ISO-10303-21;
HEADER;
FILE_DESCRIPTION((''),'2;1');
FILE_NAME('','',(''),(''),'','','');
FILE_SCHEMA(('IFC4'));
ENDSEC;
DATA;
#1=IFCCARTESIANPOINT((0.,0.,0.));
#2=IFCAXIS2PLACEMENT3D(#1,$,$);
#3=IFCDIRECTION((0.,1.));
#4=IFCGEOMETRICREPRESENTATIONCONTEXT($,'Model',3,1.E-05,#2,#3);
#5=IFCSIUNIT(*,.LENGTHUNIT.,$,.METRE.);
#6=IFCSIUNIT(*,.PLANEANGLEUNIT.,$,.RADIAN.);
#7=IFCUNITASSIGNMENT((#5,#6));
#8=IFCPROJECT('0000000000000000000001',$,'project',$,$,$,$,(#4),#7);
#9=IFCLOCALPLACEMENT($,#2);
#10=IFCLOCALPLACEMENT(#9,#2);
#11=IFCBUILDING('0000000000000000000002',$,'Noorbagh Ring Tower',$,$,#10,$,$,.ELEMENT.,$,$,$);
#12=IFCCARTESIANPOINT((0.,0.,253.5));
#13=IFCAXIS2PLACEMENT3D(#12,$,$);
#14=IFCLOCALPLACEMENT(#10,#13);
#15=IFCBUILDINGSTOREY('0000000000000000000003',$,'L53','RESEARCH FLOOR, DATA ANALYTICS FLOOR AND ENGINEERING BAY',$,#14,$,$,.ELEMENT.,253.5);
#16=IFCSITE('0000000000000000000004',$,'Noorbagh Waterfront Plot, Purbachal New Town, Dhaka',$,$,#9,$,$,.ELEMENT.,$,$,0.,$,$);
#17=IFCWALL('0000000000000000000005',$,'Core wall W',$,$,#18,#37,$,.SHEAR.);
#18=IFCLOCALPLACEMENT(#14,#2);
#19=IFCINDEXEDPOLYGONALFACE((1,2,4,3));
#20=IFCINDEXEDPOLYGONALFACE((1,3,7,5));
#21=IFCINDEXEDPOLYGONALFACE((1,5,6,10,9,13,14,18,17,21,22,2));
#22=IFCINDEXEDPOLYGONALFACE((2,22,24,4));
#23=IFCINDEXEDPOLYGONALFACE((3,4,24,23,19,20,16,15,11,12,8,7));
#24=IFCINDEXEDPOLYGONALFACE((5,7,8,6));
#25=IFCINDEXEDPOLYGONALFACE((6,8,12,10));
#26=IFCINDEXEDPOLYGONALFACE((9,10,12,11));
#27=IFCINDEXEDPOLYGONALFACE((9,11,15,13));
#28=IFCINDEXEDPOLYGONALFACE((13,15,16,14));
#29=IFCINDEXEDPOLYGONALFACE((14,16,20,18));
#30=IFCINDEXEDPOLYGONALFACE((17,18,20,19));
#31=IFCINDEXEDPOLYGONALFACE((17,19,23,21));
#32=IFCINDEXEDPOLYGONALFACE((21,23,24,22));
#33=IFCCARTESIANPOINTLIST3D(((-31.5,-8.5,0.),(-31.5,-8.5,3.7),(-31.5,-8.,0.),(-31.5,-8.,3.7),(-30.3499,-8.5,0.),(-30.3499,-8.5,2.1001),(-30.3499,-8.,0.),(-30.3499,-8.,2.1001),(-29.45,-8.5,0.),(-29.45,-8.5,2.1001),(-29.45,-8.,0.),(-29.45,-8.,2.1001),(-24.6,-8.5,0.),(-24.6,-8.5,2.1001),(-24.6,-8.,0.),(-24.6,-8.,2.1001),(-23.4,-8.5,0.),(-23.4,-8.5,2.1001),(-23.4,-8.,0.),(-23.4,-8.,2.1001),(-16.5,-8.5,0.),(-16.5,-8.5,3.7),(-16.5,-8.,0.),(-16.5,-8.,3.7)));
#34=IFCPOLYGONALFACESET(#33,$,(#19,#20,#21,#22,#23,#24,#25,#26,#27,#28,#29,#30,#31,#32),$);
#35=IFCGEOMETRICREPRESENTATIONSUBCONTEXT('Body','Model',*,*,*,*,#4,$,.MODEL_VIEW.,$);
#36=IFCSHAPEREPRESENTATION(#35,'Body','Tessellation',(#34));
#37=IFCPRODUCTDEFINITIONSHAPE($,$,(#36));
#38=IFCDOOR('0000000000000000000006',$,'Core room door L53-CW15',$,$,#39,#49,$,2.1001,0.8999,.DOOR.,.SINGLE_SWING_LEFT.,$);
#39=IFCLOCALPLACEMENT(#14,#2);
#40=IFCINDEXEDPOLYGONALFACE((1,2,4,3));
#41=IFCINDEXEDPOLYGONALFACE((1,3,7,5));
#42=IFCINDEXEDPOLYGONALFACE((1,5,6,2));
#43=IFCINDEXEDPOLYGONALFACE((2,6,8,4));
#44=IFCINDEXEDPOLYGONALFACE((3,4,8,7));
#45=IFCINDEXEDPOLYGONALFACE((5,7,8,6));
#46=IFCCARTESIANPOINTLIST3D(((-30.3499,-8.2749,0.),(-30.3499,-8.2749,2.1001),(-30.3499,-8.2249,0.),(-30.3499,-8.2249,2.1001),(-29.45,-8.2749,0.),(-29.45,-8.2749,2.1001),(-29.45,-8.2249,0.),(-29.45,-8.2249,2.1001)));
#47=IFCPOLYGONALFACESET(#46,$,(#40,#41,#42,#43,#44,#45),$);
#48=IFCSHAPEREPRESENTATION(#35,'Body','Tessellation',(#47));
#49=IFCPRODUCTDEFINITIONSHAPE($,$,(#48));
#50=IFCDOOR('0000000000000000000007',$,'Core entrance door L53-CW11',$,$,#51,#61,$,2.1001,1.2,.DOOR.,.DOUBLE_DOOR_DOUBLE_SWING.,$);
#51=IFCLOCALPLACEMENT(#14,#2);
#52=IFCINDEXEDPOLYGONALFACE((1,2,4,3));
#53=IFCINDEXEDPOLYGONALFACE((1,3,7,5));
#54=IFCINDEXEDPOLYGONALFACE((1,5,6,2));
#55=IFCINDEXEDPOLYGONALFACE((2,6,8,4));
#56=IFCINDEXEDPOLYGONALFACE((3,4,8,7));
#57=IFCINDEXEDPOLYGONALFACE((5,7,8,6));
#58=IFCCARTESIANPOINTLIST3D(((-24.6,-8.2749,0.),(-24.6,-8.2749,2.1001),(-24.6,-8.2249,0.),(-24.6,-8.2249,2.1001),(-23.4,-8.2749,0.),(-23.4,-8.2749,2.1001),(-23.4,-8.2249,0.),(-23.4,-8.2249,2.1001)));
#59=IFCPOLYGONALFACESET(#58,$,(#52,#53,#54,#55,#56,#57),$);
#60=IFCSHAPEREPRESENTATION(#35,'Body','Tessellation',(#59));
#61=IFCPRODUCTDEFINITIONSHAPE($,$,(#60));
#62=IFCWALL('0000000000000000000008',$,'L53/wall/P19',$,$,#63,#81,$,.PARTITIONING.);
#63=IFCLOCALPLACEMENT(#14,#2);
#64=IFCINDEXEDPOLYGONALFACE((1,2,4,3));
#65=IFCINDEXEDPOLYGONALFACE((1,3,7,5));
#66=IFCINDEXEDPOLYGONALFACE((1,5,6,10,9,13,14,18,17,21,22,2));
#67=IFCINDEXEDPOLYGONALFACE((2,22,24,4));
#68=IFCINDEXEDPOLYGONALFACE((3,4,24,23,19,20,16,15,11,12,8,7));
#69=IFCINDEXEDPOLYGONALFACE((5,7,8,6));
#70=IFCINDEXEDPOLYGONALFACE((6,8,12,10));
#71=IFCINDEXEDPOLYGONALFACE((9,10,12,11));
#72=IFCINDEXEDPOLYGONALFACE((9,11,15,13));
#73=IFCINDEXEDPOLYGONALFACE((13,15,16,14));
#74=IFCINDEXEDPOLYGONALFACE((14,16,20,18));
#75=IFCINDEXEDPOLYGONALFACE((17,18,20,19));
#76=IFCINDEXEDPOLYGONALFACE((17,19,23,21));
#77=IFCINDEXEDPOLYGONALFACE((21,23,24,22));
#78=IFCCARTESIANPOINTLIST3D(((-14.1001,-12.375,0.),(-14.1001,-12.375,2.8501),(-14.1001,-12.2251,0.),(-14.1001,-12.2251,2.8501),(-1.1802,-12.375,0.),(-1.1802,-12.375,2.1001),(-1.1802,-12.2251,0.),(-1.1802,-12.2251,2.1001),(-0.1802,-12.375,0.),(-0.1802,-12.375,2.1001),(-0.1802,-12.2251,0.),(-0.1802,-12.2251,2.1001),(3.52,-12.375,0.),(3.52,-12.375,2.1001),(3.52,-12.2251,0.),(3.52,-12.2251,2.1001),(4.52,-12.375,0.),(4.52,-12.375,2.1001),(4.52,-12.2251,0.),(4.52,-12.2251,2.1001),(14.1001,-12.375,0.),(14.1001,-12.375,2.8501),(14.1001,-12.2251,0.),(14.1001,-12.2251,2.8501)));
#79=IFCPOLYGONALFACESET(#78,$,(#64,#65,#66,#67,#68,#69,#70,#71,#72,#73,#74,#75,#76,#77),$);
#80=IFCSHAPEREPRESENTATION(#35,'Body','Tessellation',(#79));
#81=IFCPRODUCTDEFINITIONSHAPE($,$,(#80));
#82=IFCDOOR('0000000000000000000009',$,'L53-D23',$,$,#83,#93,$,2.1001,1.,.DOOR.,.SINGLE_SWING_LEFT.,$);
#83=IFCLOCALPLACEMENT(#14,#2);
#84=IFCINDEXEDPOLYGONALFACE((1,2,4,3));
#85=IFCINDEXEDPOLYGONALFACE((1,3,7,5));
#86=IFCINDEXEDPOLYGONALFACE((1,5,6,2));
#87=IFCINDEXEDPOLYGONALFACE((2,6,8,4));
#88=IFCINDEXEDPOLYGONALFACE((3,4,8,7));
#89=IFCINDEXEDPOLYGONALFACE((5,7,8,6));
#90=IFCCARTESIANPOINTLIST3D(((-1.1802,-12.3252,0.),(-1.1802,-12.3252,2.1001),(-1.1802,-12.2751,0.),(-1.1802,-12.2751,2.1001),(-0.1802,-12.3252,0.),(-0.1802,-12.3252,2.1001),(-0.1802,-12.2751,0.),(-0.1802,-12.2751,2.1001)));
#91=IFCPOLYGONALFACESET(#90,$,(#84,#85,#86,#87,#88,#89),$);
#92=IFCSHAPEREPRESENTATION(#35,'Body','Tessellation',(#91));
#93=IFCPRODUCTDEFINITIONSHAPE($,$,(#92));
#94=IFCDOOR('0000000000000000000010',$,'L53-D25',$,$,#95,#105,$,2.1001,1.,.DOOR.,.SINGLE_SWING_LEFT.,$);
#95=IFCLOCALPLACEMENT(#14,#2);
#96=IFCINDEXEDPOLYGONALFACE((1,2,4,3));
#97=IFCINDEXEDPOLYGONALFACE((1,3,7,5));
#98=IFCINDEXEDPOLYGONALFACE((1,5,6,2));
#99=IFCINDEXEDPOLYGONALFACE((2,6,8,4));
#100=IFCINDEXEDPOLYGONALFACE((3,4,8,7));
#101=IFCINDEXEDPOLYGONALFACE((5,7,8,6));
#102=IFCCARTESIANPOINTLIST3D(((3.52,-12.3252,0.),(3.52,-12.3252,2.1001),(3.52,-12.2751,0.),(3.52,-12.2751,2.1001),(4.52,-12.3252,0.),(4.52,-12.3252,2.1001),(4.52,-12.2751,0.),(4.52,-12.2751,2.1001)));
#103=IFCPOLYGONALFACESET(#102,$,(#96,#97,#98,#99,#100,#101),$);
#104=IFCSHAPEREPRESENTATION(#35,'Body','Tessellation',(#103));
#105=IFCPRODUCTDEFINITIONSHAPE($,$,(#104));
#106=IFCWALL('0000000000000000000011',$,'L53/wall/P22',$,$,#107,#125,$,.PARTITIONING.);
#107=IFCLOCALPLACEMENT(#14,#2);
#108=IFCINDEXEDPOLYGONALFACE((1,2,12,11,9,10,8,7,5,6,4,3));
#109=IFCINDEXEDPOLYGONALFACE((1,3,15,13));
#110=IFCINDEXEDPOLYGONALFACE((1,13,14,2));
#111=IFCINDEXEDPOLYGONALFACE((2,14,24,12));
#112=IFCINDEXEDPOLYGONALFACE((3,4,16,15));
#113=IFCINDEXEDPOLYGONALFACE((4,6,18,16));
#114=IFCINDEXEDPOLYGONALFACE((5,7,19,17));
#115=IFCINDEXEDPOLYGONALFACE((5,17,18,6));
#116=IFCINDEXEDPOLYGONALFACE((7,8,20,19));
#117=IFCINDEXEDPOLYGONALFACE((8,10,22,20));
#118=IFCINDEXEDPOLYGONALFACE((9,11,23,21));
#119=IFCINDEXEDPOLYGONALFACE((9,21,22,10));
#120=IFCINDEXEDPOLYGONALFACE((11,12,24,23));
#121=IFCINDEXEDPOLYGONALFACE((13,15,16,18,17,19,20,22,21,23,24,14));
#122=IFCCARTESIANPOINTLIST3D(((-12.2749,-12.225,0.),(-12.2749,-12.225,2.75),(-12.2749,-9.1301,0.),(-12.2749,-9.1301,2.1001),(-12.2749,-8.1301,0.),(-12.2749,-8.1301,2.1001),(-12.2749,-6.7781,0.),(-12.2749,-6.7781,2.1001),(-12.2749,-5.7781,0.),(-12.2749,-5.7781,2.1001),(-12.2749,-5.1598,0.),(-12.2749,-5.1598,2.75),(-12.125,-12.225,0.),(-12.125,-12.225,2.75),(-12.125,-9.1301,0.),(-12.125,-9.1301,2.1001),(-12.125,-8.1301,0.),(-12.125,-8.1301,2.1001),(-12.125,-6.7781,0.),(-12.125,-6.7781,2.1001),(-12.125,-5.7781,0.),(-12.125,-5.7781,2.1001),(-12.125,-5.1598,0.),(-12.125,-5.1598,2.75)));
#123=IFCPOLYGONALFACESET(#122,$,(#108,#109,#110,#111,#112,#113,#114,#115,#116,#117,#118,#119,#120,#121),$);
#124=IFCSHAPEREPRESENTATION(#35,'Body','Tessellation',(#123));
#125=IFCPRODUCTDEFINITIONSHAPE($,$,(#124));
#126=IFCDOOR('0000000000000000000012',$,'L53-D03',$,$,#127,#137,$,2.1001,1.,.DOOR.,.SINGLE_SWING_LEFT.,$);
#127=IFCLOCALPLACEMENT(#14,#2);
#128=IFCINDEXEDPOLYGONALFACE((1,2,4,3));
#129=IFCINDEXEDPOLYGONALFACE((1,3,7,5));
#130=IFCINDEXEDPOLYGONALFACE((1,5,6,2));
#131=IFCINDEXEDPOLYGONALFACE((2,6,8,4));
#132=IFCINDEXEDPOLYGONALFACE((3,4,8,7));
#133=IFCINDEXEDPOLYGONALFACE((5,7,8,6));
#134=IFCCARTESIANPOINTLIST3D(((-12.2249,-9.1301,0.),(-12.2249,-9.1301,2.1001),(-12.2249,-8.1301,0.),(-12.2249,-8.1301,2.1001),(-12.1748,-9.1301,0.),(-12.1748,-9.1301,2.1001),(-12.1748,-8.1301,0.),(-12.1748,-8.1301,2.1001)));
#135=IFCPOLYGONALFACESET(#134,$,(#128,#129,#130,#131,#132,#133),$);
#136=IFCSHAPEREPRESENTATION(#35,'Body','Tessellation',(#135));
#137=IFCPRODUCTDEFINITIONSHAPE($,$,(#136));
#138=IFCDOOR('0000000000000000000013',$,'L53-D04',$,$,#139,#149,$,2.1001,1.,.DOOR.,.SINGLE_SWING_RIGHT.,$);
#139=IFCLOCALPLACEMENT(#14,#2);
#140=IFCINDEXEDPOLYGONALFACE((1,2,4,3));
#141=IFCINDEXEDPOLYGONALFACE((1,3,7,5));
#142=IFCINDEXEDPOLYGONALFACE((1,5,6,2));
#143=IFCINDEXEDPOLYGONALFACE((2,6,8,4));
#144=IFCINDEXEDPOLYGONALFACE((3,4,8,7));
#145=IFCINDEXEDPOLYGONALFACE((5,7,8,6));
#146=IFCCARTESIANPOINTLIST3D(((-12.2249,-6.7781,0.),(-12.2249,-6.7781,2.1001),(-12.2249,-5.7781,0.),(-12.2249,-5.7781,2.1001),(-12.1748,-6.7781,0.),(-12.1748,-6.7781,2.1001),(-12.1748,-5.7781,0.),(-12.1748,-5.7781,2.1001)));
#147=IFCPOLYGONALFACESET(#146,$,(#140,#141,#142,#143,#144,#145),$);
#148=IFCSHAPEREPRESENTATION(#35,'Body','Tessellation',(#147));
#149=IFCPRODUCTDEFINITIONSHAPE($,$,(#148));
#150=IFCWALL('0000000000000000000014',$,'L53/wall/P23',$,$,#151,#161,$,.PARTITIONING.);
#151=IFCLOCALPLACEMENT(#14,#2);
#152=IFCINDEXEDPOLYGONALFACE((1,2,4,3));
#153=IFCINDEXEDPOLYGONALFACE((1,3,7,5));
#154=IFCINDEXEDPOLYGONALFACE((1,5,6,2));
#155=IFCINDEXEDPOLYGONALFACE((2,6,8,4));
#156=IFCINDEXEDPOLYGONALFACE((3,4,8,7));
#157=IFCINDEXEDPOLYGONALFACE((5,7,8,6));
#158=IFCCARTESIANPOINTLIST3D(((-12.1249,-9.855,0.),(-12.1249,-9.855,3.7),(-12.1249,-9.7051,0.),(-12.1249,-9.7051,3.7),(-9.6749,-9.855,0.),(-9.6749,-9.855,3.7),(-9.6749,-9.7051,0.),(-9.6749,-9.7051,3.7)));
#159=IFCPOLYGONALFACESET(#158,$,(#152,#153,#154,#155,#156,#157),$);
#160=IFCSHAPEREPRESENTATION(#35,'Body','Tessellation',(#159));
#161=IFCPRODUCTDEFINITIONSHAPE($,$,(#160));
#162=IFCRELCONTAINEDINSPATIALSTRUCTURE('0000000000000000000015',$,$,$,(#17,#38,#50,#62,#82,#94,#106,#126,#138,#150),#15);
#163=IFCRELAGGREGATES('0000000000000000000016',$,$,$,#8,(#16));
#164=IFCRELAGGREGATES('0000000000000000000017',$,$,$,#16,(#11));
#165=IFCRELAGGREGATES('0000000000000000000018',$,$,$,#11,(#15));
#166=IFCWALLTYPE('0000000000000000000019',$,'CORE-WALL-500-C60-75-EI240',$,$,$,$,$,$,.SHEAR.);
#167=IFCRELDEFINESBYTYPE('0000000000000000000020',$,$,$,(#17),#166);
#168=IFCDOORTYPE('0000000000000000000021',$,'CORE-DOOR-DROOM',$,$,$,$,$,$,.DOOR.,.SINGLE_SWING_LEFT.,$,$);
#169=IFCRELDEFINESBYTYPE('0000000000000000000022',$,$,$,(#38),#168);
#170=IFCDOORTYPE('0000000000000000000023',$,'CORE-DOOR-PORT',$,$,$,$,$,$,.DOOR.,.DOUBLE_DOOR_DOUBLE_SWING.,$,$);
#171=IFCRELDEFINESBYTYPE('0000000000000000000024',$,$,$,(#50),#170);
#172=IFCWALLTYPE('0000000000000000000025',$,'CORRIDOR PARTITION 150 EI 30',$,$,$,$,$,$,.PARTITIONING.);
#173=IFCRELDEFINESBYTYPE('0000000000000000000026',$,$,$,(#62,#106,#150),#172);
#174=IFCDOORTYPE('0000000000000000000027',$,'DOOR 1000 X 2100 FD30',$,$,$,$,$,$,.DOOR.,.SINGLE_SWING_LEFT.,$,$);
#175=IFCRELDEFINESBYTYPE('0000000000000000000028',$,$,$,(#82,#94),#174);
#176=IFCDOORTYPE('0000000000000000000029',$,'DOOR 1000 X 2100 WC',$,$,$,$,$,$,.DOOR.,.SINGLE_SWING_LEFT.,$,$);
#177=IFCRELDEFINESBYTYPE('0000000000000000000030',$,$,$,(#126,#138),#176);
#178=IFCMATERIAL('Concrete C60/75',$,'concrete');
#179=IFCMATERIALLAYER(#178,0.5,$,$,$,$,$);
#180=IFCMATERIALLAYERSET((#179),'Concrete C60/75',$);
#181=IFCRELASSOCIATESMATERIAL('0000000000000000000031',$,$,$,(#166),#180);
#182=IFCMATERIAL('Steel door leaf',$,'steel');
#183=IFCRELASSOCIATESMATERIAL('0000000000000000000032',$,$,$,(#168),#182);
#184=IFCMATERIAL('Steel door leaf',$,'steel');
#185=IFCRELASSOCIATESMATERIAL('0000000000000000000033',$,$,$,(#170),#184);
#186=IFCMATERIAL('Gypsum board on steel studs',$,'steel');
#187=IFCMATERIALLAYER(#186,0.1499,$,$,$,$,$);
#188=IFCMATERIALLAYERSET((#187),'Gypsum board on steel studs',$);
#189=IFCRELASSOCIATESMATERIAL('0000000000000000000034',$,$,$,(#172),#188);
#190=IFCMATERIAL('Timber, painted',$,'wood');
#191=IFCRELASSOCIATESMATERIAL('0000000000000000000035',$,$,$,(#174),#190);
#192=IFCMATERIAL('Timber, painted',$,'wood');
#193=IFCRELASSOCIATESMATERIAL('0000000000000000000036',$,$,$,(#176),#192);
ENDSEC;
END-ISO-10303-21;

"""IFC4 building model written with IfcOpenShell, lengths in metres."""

from ifc_helpers import new_model, si_unit, direction, frame, frame_2d, origin, place, context, subcontext, project, spatial, rectangle, extrude, material, layer, layer_set, type_object, element, fill, save


model = new_model("IFC4")

# Units and contexts
model_context = context("Model", 3, precision=1e-05, world=origin(), true_north=direction((0.0, 1.0)))
body_context = subcontext(model_context, "Body", "Model", "MODEL_VIEW")
ifc_project = project(units=[si_unit("LENGTHUNIT", "METRE"), si_unit("PLANEANGLEUNIT", "RADIAN")], contexts=[model_context])

# Site, building, storey
site_placement = place(None, origin())
site = spatial("IfcSite", under=ifc_project, at=site_placement, Name="Noorbagh Waterfront Plot, Purbachal New Town, Dhaka", CompositionType="ELEMENT", RefElevation=0.0)
building_placement = place(site_placement, origin())
building = spatial("IfcBuilding", under=site, at=building_placement, Name="Noorbagh Ring Tower", CompositionType="ELEMENT")
storey_placement = place(building_placement, frame((0.0, 0.0, 253.5)))
storey = spatial("IfcBuildingStorey", under=building, at=storey_placement, Name="L53", Description="RESEARCH FLOOR, DATA ANALYTICS FLOOR AND ENGINEERING BAY", CompositionType="ELEMENT", Elevation=253.5)

# Walls, openings, doors
ifc_material_1 = material(Name="Concrete C60/75", Category="concrete")
ifc_layer_1 = layer(ifc_material_1, 0.5)
ifc_layer_set_1 = layer_set([ifc_layer_1], Name="Concrete C60/75")
wall_type_1 = type_object("IfcWallType", Name="CORE-WALL-500-C60-75-EI240", PredefinedType="SHEAR", material=ifc_layer_set_1)
wall_1_placement = place(storey_placement, frame((-16.5, -8.25, 0.0), z_axis=(0.0, 0.0, 1.0), x_axis=(-1.0, 0.0, 0.0)))
wall_1 = element("IfcWall", 1, at=wall_1_placement, inside=storey, type_object=wall_type_1, Name="Core wall W", PredefinedType="SHEAR", context=body_context, shape_type="SweptSolid", body=[
    extrude(rectangle(XDim=15.0, YDim=0.5, at=frame_2d((7.5, 0.0))), origin(), (0.0, 0.0, 1.0), 3.7),
])
opening_1_placement = place(wall_1_placement, frame((6.8999, 0.0, 0.0)))
opening_1 = element("IfcOpeningElement", 2, at=opening_1_placement, cuts=wall_1, PredefinedType="OPENING", context=body_context, shape_type="SweptSolid", body=[
    extrude(rectangle(XDim=1.2, YDim=2.1001, at=frame_2d((0.6001, 1.05))), frame((0.0, 0.26, 0.0), z_axis=(0.0, -1.0, 0.0), x_axis=(1.0, 0.0, 0.0)), (0.0, 0.0, 1.0), 0.52),
])
opening_2_placement = place(wall_1_placement, frame((12.95, 0.0, 0.0)))
opening_2 = element("IfcOpeningElement", 3, at=opening_2_placement, cuts=wall_1, PredefinedType="OPENING", context=body_context, shape_type="SweptSolid", body=[
    extrude(rectangle(XDim=0.8999, YDim=2.1001, at=frame_2d((0.45, 1.05))), frame((0.0, 0.26, 0.0), z_axis=(0.0, -1.0, 0.0), x_axis=(1.0, 0.0, 0.0)), (0.0, 0.0, 1.0), 0.52),
])
ifc_material_2 = material(Name="Steel door leaf", Category="steel")
door_type_1 = type_object("IfcDoorType", Name="CORE-DOOR-DROOM", OperationType="SINGLE_SWING_LEFT", PredefinedType="DOOR", material=ifc_material_2)
door_1_placement = place(opening_2_placement, origin())
door_1 = element("IfcDoor", 4, at=door_1_placement, inside=storey, type_object=door_type_1, Name="Core room door L53-CW15", OperationType="SINGLE_SWING_LEFT", OverallHeight=2.1001, OverallWidth=0.8999, PredefinedType="DOOR", context=body_context, shape_type="SweptSolid", body=[
    extrude(rectangle(XDim=0.8999, YDim=2.1001, at=frame_2d((0.45, 1.05))), frame((0.0, 0.0249, 0.0), z_axis=(0.0, -1.0, 0.0), x_axis=(1.0, 0.0, 0.0)), (0.0, 0.0, 1.0), 0.05),
])
fill(opening_2, door_1)
ifc_material_3 = material(Name="Steel door leaf", Category="steel")
door_type_2 = type_object("IfcDoorType", Name="CORE-DOOR-PORT", OperationType="DOUBLE_DOOR_DOUBLE_SWING", PredefinedType="DOOR", material=ifc_material_3)
door_2_placement = place(opening_1_placement, origin())
door_2 = element("IfcDoor", 5, at=door_2_placement, inside=storey, type_object=door_type_2, Name="Core entrance door L53-CW11", OperationType="DOUBLE_DOOR_DOUBLE_SWING", OverallHeight=2.1001, OverallWidth=1.2, PredefinedType="DOOR", context=body_context, shape_type="SweptSolid", body=[
    extrude(rectangle(XDim=1.2, YDim=2.1001, at=frame_2d((0.6001, 1.05))), frame((0.0, 0.0249, 0.0), z_axis=(0.0, -1.0, 0.0), x_axis=(1.0, 0.0, 0.0)), (0.0, 0.0, 1.0), 0.05),
])
fill(opening_1, door_2)
ifc_material_4 = material(Name="Gypsum board on steel studs", Category="steel")
ifc_layer_2 = layer(ifc_material_4, 0.1499)
ifc_layer_set_2 = layer_set([ifc_layer_2], Name="Gypsum board on steel studs")
wall_type_2 = type_object("IfcWallType", Name="CORRIDOR PARTITION 150 EI 30", PredefinedType="PARTITIONING", material=ifc_layer_set_2)
wall_2_placement = place(storey_placement, frame((-14.1001, -12.3, 0.0), z_axis=(0.0, 0.0, 1.0), x_axis=(1.0, 0.0, 0.0)))
wall_2 = element("IfcWall", 6, at=wall_2_placement, inside=storey, type_object=wall_type_2, Name="L53/wall/P19", PredefinedType="PARTITIONING", context=body_context, shape_type="SweptSolid", body=[
    extrude(rectangle(XDim=28.2002, YDim=0.1499, at=frame_2d((14.1001, 0.0))), origin(), (0.0, 0.0, 1.0), 2.8501),
])
opening_3_placement = place(wall_2_placement, frame((12.9199, 0.0, 0.0)))
opening_3 = element("IfcOpeningElement", 7, at=opening_3_placement, cuts=wall_2, PredefinedType="OPENING", context=body_context, shape_type="SweptSolid", body=[
    extrude(rectangle(XDim=1.0, YDim=2.1001, at=frame_2d((0.5, 1.05))), frame((0.0, 0.085, 0.0), z_axis=(0.0, -1.0, 0.0), x_axis=(1.0, 0.0, 0.0)), (0.0, 0.0, 1.0), 0.1699),
])
opening_4_placement = place(wall_2_placement, frame((17.6201, 0.0, 0.0)))
opening_4 = element("IfcOpeningElement", 8, at=opening_4_placement, cuts=wall_2, PredefinedType="OPENING", context=body_context, shape_type="SweptSolid", body=[
    extrude(rectangle(XDim=1.0, YDim=2.1001, at=frame_2d((0.5, 1.05))), frame((0.0, 0.085, 0.0), z_axis=(0.0, -1.0, 0.0), x_axis=(1.0, 0.0, 0.0)), (0.0, 0.0, 1.0), 0.1699),
])
ifc_material_5 = material(Name="Timber, painted", Category="wood")
door_type_3 = type_object("IfcDoorType", Name="DOOR 1000 X 2100 FD30", OperationType="SINGLE_SWING_LEFT", PredefinedType="DOOR", material=ifc_material_5)
door_3_placement = place(opening_3_placement, origin())
door_3 = element("IfcDoor", 9, at=door_3_placement, inside=storey, type_object=door_type_3, Name="L53-D23", OperationType="SINGLE_SWING_LEFT", OverallHeight=2.1001, OverallWidth=1.0, PredefinedType="DOOR", context=body_context, shape_type="SweptSolid", body=[
    extrude(rectangle(XDim=1.0, YDim=2.1001, at=frame_2d((0.5, 1.05))), frame((0.0, 0.0249, 0.0), z_axis=(0.0, -1.0, 0.0), x_axis=(1.0, 0.0, 0.0)), (0.0, 0.0, 1.0), 0.05),
])
fill(opening_3, door_3)
door_4_placement = place(opening_4_placement, origin())
door_4 = element("IfcDoor", 10, at=door_4_placement, inside=storey, type_object=door_type_3, Name="L53-D25", OperationType="SINGLE_SWING_LEFT", OverallHeight=2.1001, OverallWidth=1.0, PredefinedType="DOOR", context=body_context, shape_type="SweptSolid", body=[
    extrude(rectangle(XDim=1.0, YDim=2.1001, at=frame_2d((0.5, 1.05))), frame((0.0, 0.0249, 0.0), z_axis=(0.0, -1.0, 0.0), x_axis=(1.0, 0.0, 0.0)), (0.0, 0.0, 1.0), 0.05),
])
fill(opening_4, door_4)
wall_3_placement = place(storey_placement, frame((-12.2, -12.2251, 0.0), z_axis=(0.0, 0.0, 1.0), x_axis=(0.0, 1.0, 0.0)))
wall_3 = element("IfcWall", 11, at=wall_3_placement, inside=storey, type_object=wall_type_2, Name="L53/wall/P22", PredefinedType="PARTITIONING", context=body_context, shape_type="SweptSolid", body=[
    extrude(rectangle(XDim=7.0652, YDim=0.1499, at=frame_2d((3.5327, 0.0))), origin(), (0.0, 0.0, 1.0), 2.75),
])
opening_5_placement = place(wall_3_placement, frame((3.095, 0.0, 0.0)))
opening_5 = element("IfcOpeningElement", 12, at=opening_5_placement, cuts=wall_3, PredefinedType="OPENING", context=body_context, shape_type="SweptSolid", body=[
    extrude(rectangle(XDim=1.0, YDim=2.1001, at=frame_2d((0.5, 1.05))), frame((0.0, 0.085, 0.0), z_axis=(0.0, -1.0, 0.0), x_axis=(1.0, 0.0, 0.0)), (0.0, 0.0, 1.0), 0.1699),
])
opening_6_placement = place(wall_3_placement, frame((5.447, 0.0, 0.0)))
opening_6 = element("IfcOpeningElement", 13, at=opening_6_placement, cuts=wall_3, PredefinedType="OPENING", context=body_context, shape_type="SweptSolid", body=[
    extrude(rectangle(XDim=1.0, YDim=2.1001, at=frame_2d((0.5, 1.05))), frame((0.0, 0.085, 0.0), z_axis=(0.0, -1.0, 0.0), x_axis=(1.0, 0.0, 0.0)), (0.0, 0.0, 1.0), 0.1699),
])
ifc_material_6 = material(Name="Timber, painted", Category="wood")
door_type_4 = type_object("IfcDoorType", Name="DOOR 1000 X 2100 WC", OperationType="SINGLE_SWING_LEFT", PredefinedType="DOOR", material=ifc_material_6)
door_5_placement = place(opening_5_placement, origin())
door_5 = element("IfcDoor", 14, at=door_5_placement, inside=storey, type_object=door_type_4, Name="L53-D03", OperationType="SINGLE_SWING_LEFT", OverallHeight=2.1001, OverallWidth=1.0, PredefinedType="DOOR", context=body_context, shape_type="SweptSolid", body=[
    extrude(rectangle(XDim=1.0, YDim=2.1001, at=frame_2d((0.5, 1.05))), frame((0.0, 0.0249, 0.0), z_axis=(0.0, -1.0, 0.0), x_axis=(1.0, 0.0, 0.0)), (0.0, 0.0, 1.0), 0.05),
])
fill(opening_5, door_5)
door_6_placement = place(opening_6_placement, origin())
door_6 = element("IfcDoor", 15, at=door_6_placement, inside=storey, type_object=door_type_4, Name="L53-D04", OperationType="SINGLE_SWING_RIGHT", OverallHeight=2.1001, OverallWidth=1.0, PredefinedType="DOOR", context=body_context, shape_type="SweptSolid", body=[
    extrude(rectangle(XDim=1.0, YDim=2.1001, at=frame_2d((0.5, 1.05))), frame((0.0, 0.0249, 0.0), z_axis=(0.0, -1.0, 0.0), x_axis=(1.0, 0.0, 0.0)), (0.0, 0.0, 1.0), 0.05),
])
fill(opening_6, door_6)

# Wall
wall_4_placement = place(storey_placement, frame((-12.125, -9.78, 0.0), z_axis=(0.0, 0.0, 1.0), x_axis=(1.0, 0.0, 0.0)))
element("IfcWall", 16, at=wall_4_placement, inside=storey, type_object=wall_type_2, Name="L53/wall/P23", PredefinedType="PARTITIONING", context=body_context, shape_type="SweptSolid", body=[
    extrude(rectangle(XDim=2.45, YDim=0.1499, at=frame_2d((1.2251, 0.0))), origin(), (0.0, 0.0, 1.0), 3.7),
])

save(model, "model.ifc")
